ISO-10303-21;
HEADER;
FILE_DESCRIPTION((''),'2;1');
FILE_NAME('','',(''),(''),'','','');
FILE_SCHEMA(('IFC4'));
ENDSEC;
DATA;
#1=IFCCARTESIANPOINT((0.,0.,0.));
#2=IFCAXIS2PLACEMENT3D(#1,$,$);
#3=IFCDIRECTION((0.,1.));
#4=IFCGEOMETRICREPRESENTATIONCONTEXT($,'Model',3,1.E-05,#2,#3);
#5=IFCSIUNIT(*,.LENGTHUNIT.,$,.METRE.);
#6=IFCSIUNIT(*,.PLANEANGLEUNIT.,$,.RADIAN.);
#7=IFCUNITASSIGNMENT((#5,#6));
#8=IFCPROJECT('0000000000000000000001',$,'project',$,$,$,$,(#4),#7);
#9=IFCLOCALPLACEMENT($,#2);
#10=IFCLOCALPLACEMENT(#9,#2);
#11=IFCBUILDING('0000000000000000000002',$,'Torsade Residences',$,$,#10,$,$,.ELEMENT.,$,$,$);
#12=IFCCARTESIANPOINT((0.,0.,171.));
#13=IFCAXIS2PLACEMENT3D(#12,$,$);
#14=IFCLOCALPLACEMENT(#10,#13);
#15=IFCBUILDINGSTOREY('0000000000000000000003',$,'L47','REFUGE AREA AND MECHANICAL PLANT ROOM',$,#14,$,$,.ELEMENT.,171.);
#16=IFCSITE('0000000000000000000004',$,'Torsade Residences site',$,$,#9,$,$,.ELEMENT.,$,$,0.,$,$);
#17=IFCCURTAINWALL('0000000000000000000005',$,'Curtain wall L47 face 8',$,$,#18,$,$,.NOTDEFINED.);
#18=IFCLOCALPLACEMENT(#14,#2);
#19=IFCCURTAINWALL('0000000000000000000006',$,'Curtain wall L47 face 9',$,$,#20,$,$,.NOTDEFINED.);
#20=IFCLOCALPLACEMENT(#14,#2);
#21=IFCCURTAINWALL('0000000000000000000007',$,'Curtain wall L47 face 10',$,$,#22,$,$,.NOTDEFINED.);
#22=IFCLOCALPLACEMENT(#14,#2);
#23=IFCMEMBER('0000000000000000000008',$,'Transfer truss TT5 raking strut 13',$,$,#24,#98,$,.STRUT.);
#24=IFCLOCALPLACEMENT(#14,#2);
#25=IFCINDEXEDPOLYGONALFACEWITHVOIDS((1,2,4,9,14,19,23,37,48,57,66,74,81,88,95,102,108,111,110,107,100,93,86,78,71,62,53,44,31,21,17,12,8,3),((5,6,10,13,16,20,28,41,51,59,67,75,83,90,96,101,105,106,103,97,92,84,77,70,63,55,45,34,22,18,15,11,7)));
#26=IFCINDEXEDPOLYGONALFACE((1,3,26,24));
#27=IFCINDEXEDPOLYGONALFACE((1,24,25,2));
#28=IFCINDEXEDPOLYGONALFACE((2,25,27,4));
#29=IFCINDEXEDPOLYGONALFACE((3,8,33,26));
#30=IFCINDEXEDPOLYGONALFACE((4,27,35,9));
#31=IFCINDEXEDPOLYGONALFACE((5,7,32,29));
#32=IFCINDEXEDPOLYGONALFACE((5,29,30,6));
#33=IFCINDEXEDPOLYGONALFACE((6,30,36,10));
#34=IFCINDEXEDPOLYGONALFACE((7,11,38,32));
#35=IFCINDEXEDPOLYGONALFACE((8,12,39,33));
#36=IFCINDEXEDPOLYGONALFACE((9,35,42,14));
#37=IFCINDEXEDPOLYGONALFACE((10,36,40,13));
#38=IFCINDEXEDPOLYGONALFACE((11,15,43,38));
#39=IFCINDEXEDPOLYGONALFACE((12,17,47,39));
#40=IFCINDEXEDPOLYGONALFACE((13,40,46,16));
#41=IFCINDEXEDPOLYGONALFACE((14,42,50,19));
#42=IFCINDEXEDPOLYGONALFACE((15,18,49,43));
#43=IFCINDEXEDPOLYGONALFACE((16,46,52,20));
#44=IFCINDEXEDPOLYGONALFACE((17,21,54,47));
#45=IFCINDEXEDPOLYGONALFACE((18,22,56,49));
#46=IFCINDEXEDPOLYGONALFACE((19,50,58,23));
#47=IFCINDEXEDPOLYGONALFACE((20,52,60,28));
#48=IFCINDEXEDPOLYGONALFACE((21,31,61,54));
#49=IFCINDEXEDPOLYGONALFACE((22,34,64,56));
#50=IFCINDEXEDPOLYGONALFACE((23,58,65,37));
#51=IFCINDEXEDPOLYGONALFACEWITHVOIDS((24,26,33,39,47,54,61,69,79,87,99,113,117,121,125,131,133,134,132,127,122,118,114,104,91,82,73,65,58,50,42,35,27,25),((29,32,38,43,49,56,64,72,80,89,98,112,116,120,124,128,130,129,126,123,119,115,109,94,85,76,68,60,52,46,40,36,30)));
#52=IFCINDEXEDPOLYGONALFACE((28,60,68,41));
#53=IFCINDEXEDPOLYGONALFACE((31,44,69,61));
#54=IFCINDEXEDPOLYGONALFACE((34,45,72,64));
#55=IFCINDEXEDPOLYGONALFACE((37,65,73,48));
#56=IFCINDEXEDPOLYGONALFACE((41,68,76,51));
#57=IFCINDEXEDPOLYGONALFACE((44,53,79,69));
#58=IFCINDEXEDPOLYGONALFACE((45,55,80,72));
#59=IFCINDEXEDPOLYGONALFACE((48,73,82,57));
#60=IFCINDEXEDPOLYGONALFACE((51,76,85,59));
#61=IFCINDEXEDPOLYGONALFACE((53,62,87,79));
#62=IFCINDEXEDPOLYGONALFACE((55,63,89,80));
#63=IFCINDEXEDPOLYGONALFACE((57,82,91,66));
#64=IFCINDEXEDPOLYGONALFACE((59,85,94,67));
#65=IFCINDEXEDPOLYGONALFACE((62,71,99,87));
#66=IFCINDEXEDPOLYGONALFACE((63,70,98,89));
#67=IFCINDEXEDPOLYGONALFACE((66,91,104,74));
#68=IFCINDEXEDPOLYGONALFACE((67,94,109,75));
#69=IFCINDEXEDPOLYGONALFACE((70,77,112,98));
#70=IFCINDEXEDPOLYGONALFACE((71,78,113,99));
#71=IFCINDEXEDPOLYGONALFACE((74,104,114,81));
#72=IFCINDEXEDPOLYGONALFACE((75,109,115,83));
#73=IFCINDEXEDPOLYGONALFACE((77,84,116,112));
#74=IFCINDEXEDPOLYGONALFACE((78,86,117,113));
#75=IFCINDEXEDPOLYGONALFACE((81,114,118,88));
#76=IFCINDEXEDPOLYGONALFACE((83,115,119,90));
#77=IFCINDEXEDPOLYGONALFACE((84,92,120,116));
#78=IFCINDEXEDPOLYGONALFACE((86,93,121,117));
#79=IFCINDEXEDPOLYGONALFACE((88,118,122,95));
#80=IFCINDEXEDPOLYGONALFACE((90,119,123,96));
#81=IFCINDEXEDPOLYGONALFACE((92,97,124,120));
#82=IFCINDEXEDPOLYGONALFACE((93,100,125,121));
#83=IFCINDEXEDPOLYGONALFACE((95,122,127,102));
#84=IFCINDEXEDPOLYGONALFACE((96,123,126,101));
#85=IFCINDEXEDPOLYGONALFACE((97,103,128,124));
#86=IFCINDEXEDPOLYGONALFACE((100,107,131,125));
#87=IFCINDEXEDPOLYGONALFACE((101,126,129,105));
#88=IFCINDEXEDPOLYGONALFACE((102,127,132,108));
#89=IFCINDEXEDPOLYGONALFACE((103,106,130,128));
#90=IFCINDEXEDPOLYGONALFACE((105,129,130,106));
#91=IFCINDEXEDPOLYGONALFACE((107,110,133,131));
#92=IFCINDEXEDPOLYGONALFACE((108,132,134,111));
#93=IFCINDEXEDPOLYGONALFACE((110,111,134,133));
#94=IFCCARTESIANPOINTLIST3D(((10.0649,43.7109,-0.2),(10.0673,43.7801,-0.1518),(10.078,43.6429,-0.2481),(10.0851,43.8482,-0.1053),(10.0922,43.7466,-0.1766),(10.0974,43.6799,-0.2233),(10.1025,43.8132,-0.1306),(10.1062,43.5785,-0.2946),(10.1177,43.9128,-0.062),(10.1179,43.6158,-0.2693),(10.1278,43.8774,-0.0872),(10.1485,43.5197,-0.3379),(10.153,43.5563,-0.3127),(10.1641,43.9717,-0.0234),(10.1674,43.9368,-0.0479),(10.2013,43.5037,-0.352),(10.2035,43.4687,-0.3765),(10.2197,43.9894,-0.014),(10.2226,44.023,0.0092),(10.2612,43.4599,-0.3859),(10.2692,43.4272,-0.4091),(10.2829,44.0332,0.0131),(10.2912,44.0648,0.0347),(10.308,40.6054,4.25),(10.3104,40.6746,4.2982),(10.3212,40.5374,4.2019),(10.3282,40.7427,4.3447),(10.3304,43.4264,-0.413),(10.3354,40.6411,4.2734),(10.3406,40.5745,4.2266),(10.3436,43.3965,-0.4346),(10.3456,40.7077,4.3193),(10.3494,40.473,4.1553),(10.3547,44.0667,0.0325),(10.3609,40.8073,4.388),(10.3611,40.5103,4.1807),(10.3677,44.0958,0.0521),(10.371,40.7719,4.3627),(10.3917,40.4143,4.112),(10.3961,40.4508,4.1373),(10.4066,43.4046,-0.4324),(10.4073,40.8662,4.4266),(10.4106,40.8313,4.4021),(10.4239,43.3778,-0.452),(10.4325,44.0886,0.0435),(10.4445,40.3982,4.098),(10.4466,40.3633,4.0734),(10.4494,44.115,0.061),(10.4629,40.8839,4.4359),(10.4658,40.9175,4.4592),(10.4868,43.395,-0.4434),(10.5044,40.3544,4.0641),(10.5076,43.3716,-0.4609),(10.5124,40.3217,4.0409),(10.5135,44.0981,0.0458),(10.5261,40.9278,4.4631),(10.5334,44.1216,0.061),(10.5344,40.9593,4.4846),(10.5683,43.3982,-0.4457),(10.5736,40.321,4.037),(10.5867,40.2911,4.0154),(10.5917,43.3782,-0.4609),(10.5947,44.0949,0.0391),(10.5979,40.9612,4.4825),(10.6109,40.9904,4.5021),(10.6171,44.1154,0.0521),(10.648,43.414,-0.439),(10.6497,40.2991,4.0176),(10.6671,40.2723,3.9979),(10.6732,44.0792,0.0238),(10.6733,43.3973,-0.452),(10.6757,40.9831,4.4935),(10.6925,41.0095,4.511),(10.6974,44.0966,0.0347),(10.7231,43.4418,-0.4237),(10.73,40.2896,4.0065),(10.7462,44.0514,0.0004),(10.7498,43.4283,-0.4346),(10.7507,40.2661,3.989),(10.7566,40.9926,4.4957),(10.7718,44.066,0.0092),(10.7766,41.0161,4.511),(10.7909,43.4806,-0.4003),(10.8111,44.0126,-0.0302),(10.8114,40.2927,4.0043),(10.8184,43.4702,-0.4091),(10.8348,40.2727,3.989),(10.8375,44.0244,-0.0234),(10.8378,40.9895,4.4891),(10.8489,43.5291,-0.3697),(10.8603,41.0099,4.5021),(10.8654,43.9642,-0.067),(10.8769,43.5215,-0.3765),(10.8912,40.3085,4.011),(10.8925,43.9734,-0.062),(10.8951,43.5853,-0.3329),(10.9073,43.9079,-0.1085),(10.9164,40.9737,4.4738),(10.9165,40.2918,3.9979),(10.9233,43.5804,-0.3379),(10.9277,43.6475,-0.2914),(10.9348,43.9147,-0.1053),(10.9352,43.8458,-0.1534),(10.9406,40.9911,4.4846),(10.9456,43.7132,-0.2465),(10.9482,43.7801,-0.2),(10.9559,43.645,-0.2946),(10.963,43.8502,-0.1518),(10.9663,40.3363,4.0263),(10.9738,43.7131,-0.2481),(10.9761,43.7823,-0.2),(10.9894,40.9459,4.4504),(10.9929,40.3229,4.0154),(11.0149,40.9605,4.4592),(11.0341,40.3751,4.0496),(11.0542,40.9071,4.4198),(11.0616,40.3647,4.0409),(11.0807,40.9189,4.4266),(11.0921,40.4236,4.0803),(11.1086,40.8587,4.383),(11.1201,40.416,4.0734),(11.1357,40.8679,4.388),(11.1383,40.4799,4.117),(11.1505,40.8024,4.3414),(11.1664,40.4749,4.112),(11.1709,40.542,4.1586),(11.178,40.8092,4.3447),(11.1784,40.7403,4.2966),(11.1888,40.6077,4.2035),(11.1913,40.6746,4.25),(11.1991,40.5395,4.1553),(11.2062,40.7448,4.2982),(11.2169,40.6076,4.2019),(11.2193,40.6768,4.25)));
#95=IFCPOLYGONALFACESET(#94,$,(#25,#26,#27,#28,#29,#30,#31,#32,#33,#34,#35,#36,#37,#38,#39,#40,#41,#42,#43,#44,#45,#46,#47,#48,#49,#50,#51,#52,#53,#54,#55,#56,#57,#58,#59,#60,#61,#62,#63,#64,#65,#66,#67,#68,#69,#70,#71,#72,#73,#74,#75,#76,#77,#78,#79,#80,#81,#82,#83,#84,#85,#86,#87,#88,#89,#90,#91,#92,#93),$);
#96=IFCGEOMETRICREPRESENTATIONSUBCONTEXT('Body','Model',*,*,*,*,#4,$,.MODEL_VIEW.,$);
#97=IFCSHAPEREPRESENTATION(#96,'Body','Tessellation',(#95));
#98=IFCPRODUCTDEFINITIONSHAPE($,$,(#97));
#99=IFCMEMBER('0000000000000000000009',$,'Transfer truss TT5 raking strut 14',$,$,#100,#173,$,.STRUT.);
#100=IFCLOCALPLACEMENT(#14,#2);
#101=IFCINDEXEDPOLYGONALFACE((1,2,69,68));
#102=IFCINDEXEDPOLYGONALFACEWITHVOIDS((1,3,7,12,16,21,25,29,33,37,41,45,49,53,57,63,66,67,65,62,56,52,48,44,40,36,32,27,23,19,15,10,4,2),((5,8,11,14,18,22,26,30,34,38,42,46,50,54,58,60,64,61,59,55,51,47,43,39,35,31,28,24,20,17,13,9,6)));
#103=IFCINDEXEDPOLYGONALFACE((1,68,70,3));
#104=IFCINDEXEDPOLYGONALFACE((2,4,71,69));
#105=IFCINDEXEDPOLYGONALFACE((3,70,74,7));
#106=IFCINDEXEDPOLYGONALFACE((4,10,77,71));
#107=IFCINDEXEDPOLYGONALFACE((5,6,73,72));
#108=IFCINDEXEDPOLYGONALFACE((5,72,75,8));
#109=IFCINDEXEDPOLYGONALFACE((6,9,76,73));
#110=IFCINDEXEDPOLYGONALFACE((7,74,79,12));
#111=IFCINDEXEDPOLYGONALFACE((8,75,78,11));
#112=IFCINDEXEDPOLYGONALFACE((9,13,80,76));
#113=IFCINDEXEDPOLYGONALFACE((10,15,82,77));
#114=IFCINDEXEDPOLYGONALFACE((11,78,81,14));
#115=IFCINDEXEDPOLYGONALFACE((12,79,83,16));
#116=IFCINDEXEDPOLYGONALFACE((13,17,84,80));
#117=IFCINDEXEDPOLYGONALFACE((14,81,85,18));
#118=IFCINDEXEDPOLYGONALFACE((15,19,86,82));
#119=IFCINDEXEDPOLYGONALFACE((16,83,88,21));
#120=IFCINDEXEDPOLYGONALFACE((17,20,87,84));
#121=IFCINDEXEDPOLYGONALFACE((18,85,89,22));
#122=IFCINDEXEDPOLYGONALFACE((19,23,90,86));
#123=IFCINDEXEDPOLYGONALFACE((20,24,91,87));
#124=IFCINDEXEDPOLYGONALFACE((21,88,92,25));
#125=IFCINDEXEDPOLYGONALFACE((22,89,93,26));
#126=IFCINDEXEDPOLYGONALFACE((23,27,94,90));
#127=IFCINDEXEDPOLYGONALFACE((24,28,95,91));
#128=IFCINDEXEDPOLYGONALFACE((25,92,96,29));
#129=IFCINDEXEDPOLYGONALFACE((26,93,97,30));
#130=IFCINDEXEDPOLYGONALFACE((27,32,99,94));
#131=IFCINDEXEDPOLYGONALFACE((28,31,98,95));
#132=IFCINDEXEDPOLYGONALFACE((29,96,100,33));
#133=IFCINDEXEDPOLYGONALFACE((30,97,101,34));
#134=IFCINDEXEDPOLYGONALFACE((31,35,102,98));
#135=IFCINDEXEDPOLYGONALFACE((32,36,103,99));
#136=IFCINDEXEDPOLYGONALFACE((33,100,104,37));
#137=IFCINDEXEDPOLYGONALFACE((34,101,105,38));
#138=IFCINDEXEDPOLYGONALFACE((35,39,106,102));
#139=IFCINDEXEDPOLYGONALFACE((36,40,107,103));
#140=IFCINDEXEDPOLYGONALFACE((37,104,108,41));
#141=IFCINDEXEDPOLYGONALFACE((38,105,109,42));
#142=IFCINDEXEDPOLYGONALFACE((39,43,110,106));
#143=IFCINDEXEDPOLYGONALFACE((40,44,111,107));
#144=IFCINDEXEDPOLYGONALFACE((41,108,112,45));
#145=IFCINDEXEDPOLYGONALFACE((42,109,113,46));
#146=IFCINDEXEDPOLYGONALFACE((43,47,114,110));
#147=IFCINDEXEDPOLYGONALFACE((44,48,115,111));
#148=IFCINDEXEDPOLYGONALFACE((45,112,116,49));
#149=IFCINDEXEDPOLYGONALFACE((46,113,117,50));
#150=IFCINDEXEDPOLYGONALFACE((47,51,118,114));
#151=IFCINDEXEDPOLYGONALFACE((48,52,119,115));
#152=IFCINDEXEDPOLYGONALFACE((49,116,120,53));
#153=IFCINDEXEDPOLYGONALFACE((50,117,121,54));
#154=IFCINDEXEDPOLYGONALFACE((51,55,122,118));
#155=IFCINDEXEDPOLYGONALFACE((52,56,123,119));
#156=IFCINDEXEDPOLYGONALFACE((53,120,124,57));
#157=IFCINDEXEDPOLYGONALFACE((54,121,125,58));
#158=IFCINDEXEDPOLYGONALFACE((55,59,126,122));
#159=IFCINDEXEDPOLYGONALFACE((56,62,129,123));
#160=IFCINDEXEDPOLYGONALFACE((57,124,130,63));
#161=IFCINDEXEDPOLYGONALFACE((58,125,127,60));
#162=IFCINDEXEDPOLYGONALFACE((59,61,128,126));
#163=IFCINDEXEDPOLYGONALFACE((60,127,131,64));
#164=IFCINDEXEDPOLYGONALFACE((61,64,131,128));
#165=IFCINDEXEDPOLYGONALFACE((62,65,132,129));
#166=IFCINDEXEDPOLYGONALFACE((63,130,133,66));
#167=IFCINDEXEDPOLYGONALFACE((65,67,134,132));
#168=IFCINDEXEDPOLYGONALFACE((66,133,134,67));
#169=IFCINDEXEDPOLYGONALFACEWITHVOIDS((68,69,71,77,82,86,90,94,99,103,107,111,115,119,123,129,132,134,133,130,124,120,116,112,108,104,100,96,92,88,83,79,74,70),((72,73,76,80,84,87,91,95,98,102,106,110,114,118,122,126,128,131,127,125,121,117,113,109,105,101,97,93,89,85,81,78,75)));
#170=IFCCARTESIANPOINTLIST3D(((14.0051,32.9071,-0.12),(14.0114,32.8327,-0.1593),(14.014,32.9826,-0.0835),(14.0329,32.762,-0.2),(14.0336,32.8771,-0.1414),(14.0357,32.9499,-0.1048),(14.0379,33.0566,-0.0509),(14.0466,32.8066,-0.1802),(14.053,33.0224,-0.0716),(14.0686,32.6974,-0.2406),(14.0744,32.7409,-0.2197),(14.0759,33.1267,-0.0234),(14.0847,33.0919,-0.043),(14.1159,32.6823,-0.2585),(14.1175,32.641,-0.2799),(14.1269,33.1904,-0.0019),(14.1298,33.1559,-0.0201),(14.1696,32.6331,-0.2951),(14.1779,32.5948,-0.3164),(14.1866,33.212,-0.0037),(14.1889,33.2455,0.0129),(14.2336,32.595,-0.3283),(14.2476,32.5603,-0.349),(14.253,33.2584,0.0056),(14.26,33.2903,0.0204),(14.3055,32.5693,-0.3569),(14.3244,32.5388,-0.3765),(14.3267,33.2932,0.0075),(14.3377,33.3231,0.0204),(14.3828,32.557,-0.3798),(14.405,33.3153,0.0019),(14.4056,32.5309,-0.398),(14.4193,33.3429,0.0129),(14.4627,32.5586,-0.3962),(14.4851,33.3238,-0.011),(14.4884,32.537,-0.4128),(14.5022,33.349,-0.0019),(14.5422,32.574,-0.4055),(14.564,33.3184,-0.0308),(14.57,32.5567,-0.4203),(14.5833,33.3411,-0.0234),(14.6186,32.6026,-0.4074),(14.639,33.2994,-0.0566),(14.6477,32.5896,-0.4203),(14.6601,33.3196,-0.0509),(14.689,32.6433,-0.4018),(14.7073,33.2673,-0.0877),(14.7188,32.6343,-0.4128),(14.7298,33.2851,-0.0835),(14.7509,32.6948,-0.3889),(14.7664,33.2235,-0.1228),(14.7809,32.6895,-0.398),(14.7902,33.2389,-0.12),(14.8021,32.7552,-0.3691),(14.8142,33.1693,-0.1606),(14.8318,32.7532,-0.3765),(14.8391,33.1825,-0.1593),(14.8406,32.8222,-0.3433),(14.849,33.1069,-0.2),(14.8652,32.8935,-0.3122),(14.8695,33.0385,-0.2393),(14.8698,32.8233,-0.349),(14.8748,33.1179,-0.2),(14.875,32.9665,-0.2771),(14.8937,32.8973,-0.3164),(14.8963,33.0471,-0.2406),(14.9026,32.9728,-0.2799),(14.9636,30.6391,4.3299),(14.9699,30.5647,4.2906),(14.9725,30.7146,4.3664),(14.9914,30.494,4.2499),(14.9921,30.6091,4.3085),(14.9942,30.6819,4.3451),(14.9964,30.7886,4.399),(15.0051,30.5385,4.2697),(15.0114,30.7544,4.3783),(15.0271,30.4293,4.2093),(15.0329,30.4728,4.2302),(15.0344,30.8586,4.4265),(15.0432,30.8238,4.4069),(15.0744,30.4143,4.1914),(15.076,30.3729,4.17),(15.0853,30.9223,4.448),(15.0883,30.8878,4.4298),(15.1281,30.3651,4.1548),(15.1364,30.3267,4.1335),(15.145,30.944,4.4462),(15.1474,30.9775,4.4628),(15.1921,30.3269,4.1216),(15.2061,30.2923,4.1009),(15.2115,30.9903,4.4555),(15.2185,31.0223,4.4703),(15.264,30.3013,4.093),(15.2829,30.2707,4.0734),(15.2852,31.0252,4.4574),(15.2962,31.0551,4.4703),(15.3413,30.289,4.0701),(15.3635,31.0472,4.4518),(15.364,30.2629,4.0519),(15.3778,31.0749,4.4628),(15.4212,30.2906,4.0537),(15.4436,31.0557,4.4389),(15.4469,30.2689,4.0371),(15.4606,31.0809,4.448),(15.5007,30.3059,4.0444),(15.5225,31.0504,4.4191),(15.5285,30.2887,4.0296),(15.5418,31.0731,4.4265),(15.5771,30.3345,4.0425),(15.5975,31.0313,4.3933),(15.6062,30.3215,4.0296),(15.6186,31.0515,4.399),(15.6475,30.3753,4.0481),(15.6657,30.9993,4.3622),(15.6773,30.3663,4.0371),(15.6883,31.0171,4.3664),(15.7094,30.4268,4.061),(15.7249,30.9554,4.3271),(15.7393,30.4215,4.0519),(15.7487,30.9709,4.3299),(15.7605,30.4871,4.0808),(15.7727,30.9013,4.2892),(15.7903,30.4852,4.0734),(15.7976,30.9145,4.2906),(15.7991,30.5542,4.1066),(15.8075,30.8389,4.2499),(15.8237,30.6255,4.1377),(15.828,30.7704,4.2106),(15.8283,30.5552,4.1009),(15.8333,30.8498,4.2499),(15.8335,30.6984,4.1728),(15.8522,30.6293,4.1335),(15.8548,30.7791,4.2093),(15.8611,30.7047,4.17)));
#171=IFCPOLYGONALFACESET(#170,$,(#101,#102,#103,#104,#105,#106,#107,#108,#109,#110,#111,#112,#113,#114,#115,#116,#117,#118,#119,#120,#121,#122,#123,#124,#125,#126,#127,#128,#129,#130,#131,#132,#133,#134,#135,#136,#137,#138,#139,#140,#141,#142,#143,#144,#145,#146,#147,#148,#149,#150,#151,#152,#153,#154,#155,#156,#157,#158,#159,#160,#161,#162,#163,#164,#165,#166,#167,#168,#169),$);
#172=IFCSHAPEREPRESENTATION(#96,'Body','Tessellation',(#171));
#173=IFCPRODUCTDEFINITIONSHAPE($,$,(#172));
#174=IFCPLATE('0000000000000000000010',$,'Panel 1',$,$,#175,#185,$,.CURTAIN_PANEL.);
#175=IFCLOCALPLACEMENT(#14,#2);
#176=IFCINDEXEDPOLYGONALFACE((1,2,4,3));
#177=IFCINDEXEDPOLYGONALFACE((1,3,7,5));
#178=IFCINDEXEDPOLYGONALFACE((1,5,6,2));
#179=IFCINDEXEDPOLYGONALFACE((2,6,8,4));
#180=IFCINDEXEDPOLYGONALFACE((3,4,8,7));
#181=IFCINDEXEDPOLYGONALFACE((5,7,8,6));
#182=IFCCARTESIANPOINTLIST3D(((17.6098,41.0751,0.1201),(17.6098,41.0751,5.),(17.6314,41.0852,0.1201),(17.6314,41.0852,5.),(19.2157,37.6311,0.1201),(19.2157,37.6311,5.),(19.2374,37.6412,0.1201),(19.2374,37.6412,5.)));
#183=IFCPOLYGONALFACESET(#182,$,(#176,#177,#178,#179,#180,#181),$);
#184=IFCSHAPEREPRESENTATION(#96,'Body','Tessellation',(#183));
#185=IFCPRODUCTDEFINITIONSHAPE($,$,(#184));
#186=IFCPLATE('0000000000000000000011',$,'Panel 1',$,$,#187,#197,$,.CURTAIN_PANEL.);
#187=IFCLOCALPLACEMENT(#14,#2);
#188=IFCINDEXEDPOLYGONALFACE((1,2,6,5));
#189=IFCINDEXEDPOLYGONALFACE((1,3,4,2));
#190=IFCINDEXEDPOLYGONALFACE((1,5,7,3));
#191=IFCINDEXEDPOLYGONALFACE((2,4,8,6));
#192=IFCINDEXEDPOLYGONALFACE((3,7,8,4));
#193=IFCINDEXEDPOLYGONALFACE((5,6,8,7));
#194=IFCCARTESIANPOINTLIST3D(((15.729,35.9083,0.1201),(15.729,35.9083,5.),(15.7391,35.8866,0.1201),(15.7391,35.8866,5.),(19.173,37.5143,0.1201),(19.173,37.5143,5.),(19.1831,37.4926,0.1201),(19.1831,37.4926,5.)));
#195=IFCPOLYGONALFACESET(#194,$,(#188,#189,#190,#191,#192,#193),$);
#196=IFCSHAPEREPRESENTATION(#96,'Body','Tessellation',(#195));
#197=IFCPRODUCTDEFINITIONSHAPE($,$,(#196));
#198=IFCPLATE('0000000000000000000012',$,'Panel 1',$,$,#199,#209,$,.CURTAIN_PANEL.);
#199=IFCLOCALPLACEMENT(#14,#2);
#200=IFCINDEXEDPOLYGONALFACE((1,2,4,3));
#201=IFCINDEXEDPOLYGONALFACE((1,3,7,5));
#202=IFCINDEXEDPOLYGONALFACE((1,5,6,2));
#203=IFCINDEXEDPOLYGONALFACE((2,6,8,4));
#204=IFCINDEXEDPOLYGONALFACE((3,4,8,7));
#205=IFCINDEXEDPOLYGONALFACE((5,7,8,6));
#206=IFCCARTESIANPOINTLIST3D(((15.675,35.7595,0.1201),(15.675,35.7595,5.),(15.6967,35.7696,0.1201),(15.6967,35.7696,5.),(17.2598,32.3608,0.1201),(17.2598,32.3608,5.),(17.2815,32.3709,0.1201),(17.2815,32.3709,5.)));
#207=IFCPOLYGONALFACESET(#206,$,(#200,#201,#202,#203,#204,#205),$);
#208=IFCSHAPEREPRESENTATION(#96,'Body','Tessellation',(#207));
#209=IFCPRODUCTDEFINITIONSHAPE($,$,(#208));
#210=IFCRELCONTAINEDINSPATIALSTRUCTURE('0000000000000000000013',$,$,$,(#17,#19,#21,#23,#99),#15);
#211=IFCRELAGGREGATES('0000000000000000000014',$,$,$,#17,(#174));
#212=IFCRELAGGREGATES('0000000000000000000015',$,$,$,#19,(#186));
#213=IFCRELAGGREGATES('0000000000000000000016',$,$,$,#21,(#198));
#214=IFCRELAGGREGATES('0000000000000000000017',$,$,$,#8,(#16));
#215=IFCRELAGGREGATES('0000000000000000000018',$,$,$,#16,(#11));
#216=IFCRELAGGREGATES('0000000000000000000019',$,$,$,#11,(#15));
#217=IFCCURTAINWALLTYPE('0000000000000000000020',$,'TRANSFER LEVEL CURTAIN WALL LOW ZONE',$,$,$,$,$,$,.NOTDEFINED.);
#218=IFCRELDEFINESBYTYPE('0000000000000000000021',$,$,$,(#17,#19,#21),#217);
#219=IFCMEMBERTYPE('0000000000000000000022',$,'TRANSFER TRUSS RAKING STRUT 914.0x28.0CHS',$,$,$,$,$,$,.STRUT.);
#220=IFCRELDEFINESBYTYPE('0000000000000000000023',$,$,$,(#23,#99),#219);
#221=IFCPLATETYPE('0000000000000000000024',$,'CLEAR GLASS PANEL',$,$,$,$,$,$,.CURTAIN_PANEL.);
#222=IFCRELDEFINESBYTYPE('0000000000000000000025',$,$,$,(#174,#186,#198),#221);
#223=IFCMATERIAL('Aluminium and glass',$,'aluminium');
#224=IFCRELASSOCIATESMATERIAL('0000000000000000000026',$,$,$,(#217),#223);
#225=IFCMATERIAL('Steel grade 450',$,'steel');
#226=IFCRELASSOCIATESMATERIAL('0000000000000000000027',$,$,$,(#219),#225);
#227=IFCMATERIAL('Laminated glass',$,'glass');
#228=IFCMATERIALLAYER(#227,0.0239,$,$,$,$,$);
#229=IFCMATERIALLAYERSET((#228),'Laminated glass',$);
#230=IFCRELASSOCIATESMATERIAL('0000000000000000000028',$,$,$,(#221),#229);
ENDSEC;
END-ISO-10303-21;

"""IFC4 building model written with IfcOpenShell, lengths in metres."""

from ifc_helpers import new_model, si_unit, direction, frame, origin, origin_2d, place, context, subcontext, project, spatial, rectangle, hollow_circle, extrude, material, layer, layer_set, material_profile, profile_set, type_object, element, aggregate, save


model = new_model("IFC4")

# Units and contexts
model_context = context("Model", 3, precision=1e-05, world=origin(), true_north=direction((0.0, 1.0)))
body_context = subcontext(model_context, "Body", "Model", "MODEL_VIEW")
ifc_project = project(units=[si_unit("LENGTHUNIT", "METRE"), si_unit("PLANEANGLEUNIT", "RADIAN")], contexts=[model_context])

# Site, building, storey
site_placement = place(None, origin())
site = spatial("IfcSite", under=ifc_project, at=site_placement, Name="Torsade Residences site", CompositionType="ELEMENT", RefElevation=0.0)
building_placement = place(site_placement, origin())
building = spatial("IfcBuilding", under=site, at=building_placement, Name="Torsade Residences", CompositionType="ELEMENT")
storey_placement = place(building_placement, frame((0.0, 0.0, 171.0)))
storey = spatial("IfcBuildingStorey", under=building, at=storey_placement, Name="L47", Description="REFUGE AREA AND MECHANICAL PLANT ROOM", CompositionType="ELEMENT", Elevation=171.0)

# Shared definitions
ifc_material_1 = material(Name="Aluminium and glass", Category="aluminium")
curtain_wall_type = type_object("IfcCurtainWallType", Name="TRANSFER LEVEL CURTAIN WALL LOW ZONE", PredefinedType="NOTDEFINED", material=ifc_material_1)

# Curtain walls
curtain_wall_1_placement = place(storey_placement, origin())
curtain_wall_1 = element("IfcCurtainWall", 1, at=curtain_wall_1_placement, inside=storey, type_object=curtain_wall_type, Name="Curtain wall L47 face 8", PredefinedType="NOTDEFINED")
curtain_wall_2_placement = place(storey_placement, origin())
curtain_wall_2 = element("IfcCurtainWall", 2, at=curtain_wall_2_placement, inside=storey, type_object=curtain_wall_type, Name="Curtain wall L47 face 9", PredefinedType="NOTDEFINED")
curtain_wall_3_placement = place(storey_placement, origin())
curtain_wall_3 = element("IfcCurtainWall", 3, at=curtain_wall_3_placement, inside=storey, type_object=curtain_wall_type, Name="Curtain wall L47 face 10", PredefinedType="NOTDEFINED")

# Members
ifc_material_2 = material(Name="Steel grade 450", Category="steel")
ifc_material_profile_1 = material_profile(ifc_material_2, hollow_circle(Radius=0.457, WallThickness=0.0281, at=origin_2d()), Name="914.0x28.0CHS")
ifc_profile_set_1 = profile_set([ifc_material_profile_1], Name="Steel grade 450")
member_type_1 = type_object("IfcMemberType", Name="TRANSFER TRUSS RAKING STRUT 914.0x28.0CHS", PredefinedType="STRUT", material=ifc_profile_set_1)
member_1_placement = place(storey_placement, frame((10.5205, 43.7466, -0.2), z_axis=(0.044766, -0.571713, 0.819231), x_axis=(0.996948, 0.078063, 0.0)))
element("IfcMember", 4, at=member_1_placement, inside=storey, type_object=member_type_1, Name="Transfer truss TT5 raking strut 13", PredefinedType="STRUT", context=body_context, shape_type="SweptSolid", body=[
    extrude(hollow_circle(Radius=0.457, WallThickness=0.0281, at=origin_2d()), origin(), (0.0, 0.0, 1.0), 5.4319),
])
member_2_placement = place(storey_placement, frame((14.4539, 32.9399, -0.2), z_axis=(0.188467, -0.445965, 0.874983), x_axis=(0.921123, 0.389271, 0.0)))
element("IfcMember", 5, at=member_2_placement, inside=storey, type_object=member_type_1, Name="Transfer truss TT5 raking strut 14", PredefinedType="STRUT", context=body_context, shape_type="SweptSolid", body=[
    extrude(hollow_circle(Radius=0.457, WallThickness=0.0281, at=origin_2d()), origin(), (0.0, 0.0, 1.0), 5.0857),
])

# Plates
ifc_material_3 = material(Name="Laminated glass", Category="glass")
ifc_layer = layer(ifc_material_3, 0.0239)
ifc_layer_set = layer_set([ifc_layer], Name="Laminated glass")
plate_type = type_object("IfcPlateType", Name="CLEAR GLASS PANEL", PredefinedType="CURTAIN_PANEL", material=ifc_layer_set)
plate_1_placement = place(storey_placement, frame((18.4236, 39.3582, 0.1201), z_axis=(0.0, 0.0, 1.0), x_axis=(0.422618, -0.906308, 0.0)))
plate_1 = element("IfcPlate", 6, at=plate_1_placement, type_object=plate_type, Name="Panel 1", PredefinedType="CURTAIN_PANEL", context=body_context, shape_type="SweptSolid", body=[
    extrude(rectangle(XDim=3.8, YDim=0.0239, at=origin_2d()), origin(), (0.0, 0.0, 1.0), 4.8799),
])
aggregate(curtain_wall_1, [plate_1])
plate_2_placement = place(storey_placement, frame((17.4561, 36.7004, 0.1201), z_axis=(0.0, 0.0, 1.0), x_axis=(-0.906308, -0.422618, 0.0)))
plate_2 = element("IfcPlate", 7, at=plate_2_placement, type_object=plate_type, Name="Panel 1", PredefinedType="CURTAIN_PANEL", context=body_context, shape_type="SweptSolid", body=[
    extrude(rectangle(XDim=3.8, YDim=0.0239, at=origin_2d()), origin(), (0.0, 0.0, 1.0), 4.8799),
])
aggregate(curtain_wall_2, [plate_2])
plate_3_placement = place(storey_placement, frame((16.4783, 34.0652, 0.1201), z_axis=(0.0, 0.0, 1.0), x_axis=(0.422618, -0.906308, 0.0)))
plate_3 = element("IfcPlate", 8, at=plate_3_placement, type_object=plate_type, Name="Panel 1", PredefinedType="CURTAIN_PANEL", context=body_context, shape_type="SweptSolid", body=[
    extrude(rectangle(XDim=3.75, YDim=0.0239, at=origin_2d()), origin(), (0.0, 0.0, 1.0), 4.8799),
])
aggregate(curtain_wall_3, [plate_3])

save(model, "model.ifc")
